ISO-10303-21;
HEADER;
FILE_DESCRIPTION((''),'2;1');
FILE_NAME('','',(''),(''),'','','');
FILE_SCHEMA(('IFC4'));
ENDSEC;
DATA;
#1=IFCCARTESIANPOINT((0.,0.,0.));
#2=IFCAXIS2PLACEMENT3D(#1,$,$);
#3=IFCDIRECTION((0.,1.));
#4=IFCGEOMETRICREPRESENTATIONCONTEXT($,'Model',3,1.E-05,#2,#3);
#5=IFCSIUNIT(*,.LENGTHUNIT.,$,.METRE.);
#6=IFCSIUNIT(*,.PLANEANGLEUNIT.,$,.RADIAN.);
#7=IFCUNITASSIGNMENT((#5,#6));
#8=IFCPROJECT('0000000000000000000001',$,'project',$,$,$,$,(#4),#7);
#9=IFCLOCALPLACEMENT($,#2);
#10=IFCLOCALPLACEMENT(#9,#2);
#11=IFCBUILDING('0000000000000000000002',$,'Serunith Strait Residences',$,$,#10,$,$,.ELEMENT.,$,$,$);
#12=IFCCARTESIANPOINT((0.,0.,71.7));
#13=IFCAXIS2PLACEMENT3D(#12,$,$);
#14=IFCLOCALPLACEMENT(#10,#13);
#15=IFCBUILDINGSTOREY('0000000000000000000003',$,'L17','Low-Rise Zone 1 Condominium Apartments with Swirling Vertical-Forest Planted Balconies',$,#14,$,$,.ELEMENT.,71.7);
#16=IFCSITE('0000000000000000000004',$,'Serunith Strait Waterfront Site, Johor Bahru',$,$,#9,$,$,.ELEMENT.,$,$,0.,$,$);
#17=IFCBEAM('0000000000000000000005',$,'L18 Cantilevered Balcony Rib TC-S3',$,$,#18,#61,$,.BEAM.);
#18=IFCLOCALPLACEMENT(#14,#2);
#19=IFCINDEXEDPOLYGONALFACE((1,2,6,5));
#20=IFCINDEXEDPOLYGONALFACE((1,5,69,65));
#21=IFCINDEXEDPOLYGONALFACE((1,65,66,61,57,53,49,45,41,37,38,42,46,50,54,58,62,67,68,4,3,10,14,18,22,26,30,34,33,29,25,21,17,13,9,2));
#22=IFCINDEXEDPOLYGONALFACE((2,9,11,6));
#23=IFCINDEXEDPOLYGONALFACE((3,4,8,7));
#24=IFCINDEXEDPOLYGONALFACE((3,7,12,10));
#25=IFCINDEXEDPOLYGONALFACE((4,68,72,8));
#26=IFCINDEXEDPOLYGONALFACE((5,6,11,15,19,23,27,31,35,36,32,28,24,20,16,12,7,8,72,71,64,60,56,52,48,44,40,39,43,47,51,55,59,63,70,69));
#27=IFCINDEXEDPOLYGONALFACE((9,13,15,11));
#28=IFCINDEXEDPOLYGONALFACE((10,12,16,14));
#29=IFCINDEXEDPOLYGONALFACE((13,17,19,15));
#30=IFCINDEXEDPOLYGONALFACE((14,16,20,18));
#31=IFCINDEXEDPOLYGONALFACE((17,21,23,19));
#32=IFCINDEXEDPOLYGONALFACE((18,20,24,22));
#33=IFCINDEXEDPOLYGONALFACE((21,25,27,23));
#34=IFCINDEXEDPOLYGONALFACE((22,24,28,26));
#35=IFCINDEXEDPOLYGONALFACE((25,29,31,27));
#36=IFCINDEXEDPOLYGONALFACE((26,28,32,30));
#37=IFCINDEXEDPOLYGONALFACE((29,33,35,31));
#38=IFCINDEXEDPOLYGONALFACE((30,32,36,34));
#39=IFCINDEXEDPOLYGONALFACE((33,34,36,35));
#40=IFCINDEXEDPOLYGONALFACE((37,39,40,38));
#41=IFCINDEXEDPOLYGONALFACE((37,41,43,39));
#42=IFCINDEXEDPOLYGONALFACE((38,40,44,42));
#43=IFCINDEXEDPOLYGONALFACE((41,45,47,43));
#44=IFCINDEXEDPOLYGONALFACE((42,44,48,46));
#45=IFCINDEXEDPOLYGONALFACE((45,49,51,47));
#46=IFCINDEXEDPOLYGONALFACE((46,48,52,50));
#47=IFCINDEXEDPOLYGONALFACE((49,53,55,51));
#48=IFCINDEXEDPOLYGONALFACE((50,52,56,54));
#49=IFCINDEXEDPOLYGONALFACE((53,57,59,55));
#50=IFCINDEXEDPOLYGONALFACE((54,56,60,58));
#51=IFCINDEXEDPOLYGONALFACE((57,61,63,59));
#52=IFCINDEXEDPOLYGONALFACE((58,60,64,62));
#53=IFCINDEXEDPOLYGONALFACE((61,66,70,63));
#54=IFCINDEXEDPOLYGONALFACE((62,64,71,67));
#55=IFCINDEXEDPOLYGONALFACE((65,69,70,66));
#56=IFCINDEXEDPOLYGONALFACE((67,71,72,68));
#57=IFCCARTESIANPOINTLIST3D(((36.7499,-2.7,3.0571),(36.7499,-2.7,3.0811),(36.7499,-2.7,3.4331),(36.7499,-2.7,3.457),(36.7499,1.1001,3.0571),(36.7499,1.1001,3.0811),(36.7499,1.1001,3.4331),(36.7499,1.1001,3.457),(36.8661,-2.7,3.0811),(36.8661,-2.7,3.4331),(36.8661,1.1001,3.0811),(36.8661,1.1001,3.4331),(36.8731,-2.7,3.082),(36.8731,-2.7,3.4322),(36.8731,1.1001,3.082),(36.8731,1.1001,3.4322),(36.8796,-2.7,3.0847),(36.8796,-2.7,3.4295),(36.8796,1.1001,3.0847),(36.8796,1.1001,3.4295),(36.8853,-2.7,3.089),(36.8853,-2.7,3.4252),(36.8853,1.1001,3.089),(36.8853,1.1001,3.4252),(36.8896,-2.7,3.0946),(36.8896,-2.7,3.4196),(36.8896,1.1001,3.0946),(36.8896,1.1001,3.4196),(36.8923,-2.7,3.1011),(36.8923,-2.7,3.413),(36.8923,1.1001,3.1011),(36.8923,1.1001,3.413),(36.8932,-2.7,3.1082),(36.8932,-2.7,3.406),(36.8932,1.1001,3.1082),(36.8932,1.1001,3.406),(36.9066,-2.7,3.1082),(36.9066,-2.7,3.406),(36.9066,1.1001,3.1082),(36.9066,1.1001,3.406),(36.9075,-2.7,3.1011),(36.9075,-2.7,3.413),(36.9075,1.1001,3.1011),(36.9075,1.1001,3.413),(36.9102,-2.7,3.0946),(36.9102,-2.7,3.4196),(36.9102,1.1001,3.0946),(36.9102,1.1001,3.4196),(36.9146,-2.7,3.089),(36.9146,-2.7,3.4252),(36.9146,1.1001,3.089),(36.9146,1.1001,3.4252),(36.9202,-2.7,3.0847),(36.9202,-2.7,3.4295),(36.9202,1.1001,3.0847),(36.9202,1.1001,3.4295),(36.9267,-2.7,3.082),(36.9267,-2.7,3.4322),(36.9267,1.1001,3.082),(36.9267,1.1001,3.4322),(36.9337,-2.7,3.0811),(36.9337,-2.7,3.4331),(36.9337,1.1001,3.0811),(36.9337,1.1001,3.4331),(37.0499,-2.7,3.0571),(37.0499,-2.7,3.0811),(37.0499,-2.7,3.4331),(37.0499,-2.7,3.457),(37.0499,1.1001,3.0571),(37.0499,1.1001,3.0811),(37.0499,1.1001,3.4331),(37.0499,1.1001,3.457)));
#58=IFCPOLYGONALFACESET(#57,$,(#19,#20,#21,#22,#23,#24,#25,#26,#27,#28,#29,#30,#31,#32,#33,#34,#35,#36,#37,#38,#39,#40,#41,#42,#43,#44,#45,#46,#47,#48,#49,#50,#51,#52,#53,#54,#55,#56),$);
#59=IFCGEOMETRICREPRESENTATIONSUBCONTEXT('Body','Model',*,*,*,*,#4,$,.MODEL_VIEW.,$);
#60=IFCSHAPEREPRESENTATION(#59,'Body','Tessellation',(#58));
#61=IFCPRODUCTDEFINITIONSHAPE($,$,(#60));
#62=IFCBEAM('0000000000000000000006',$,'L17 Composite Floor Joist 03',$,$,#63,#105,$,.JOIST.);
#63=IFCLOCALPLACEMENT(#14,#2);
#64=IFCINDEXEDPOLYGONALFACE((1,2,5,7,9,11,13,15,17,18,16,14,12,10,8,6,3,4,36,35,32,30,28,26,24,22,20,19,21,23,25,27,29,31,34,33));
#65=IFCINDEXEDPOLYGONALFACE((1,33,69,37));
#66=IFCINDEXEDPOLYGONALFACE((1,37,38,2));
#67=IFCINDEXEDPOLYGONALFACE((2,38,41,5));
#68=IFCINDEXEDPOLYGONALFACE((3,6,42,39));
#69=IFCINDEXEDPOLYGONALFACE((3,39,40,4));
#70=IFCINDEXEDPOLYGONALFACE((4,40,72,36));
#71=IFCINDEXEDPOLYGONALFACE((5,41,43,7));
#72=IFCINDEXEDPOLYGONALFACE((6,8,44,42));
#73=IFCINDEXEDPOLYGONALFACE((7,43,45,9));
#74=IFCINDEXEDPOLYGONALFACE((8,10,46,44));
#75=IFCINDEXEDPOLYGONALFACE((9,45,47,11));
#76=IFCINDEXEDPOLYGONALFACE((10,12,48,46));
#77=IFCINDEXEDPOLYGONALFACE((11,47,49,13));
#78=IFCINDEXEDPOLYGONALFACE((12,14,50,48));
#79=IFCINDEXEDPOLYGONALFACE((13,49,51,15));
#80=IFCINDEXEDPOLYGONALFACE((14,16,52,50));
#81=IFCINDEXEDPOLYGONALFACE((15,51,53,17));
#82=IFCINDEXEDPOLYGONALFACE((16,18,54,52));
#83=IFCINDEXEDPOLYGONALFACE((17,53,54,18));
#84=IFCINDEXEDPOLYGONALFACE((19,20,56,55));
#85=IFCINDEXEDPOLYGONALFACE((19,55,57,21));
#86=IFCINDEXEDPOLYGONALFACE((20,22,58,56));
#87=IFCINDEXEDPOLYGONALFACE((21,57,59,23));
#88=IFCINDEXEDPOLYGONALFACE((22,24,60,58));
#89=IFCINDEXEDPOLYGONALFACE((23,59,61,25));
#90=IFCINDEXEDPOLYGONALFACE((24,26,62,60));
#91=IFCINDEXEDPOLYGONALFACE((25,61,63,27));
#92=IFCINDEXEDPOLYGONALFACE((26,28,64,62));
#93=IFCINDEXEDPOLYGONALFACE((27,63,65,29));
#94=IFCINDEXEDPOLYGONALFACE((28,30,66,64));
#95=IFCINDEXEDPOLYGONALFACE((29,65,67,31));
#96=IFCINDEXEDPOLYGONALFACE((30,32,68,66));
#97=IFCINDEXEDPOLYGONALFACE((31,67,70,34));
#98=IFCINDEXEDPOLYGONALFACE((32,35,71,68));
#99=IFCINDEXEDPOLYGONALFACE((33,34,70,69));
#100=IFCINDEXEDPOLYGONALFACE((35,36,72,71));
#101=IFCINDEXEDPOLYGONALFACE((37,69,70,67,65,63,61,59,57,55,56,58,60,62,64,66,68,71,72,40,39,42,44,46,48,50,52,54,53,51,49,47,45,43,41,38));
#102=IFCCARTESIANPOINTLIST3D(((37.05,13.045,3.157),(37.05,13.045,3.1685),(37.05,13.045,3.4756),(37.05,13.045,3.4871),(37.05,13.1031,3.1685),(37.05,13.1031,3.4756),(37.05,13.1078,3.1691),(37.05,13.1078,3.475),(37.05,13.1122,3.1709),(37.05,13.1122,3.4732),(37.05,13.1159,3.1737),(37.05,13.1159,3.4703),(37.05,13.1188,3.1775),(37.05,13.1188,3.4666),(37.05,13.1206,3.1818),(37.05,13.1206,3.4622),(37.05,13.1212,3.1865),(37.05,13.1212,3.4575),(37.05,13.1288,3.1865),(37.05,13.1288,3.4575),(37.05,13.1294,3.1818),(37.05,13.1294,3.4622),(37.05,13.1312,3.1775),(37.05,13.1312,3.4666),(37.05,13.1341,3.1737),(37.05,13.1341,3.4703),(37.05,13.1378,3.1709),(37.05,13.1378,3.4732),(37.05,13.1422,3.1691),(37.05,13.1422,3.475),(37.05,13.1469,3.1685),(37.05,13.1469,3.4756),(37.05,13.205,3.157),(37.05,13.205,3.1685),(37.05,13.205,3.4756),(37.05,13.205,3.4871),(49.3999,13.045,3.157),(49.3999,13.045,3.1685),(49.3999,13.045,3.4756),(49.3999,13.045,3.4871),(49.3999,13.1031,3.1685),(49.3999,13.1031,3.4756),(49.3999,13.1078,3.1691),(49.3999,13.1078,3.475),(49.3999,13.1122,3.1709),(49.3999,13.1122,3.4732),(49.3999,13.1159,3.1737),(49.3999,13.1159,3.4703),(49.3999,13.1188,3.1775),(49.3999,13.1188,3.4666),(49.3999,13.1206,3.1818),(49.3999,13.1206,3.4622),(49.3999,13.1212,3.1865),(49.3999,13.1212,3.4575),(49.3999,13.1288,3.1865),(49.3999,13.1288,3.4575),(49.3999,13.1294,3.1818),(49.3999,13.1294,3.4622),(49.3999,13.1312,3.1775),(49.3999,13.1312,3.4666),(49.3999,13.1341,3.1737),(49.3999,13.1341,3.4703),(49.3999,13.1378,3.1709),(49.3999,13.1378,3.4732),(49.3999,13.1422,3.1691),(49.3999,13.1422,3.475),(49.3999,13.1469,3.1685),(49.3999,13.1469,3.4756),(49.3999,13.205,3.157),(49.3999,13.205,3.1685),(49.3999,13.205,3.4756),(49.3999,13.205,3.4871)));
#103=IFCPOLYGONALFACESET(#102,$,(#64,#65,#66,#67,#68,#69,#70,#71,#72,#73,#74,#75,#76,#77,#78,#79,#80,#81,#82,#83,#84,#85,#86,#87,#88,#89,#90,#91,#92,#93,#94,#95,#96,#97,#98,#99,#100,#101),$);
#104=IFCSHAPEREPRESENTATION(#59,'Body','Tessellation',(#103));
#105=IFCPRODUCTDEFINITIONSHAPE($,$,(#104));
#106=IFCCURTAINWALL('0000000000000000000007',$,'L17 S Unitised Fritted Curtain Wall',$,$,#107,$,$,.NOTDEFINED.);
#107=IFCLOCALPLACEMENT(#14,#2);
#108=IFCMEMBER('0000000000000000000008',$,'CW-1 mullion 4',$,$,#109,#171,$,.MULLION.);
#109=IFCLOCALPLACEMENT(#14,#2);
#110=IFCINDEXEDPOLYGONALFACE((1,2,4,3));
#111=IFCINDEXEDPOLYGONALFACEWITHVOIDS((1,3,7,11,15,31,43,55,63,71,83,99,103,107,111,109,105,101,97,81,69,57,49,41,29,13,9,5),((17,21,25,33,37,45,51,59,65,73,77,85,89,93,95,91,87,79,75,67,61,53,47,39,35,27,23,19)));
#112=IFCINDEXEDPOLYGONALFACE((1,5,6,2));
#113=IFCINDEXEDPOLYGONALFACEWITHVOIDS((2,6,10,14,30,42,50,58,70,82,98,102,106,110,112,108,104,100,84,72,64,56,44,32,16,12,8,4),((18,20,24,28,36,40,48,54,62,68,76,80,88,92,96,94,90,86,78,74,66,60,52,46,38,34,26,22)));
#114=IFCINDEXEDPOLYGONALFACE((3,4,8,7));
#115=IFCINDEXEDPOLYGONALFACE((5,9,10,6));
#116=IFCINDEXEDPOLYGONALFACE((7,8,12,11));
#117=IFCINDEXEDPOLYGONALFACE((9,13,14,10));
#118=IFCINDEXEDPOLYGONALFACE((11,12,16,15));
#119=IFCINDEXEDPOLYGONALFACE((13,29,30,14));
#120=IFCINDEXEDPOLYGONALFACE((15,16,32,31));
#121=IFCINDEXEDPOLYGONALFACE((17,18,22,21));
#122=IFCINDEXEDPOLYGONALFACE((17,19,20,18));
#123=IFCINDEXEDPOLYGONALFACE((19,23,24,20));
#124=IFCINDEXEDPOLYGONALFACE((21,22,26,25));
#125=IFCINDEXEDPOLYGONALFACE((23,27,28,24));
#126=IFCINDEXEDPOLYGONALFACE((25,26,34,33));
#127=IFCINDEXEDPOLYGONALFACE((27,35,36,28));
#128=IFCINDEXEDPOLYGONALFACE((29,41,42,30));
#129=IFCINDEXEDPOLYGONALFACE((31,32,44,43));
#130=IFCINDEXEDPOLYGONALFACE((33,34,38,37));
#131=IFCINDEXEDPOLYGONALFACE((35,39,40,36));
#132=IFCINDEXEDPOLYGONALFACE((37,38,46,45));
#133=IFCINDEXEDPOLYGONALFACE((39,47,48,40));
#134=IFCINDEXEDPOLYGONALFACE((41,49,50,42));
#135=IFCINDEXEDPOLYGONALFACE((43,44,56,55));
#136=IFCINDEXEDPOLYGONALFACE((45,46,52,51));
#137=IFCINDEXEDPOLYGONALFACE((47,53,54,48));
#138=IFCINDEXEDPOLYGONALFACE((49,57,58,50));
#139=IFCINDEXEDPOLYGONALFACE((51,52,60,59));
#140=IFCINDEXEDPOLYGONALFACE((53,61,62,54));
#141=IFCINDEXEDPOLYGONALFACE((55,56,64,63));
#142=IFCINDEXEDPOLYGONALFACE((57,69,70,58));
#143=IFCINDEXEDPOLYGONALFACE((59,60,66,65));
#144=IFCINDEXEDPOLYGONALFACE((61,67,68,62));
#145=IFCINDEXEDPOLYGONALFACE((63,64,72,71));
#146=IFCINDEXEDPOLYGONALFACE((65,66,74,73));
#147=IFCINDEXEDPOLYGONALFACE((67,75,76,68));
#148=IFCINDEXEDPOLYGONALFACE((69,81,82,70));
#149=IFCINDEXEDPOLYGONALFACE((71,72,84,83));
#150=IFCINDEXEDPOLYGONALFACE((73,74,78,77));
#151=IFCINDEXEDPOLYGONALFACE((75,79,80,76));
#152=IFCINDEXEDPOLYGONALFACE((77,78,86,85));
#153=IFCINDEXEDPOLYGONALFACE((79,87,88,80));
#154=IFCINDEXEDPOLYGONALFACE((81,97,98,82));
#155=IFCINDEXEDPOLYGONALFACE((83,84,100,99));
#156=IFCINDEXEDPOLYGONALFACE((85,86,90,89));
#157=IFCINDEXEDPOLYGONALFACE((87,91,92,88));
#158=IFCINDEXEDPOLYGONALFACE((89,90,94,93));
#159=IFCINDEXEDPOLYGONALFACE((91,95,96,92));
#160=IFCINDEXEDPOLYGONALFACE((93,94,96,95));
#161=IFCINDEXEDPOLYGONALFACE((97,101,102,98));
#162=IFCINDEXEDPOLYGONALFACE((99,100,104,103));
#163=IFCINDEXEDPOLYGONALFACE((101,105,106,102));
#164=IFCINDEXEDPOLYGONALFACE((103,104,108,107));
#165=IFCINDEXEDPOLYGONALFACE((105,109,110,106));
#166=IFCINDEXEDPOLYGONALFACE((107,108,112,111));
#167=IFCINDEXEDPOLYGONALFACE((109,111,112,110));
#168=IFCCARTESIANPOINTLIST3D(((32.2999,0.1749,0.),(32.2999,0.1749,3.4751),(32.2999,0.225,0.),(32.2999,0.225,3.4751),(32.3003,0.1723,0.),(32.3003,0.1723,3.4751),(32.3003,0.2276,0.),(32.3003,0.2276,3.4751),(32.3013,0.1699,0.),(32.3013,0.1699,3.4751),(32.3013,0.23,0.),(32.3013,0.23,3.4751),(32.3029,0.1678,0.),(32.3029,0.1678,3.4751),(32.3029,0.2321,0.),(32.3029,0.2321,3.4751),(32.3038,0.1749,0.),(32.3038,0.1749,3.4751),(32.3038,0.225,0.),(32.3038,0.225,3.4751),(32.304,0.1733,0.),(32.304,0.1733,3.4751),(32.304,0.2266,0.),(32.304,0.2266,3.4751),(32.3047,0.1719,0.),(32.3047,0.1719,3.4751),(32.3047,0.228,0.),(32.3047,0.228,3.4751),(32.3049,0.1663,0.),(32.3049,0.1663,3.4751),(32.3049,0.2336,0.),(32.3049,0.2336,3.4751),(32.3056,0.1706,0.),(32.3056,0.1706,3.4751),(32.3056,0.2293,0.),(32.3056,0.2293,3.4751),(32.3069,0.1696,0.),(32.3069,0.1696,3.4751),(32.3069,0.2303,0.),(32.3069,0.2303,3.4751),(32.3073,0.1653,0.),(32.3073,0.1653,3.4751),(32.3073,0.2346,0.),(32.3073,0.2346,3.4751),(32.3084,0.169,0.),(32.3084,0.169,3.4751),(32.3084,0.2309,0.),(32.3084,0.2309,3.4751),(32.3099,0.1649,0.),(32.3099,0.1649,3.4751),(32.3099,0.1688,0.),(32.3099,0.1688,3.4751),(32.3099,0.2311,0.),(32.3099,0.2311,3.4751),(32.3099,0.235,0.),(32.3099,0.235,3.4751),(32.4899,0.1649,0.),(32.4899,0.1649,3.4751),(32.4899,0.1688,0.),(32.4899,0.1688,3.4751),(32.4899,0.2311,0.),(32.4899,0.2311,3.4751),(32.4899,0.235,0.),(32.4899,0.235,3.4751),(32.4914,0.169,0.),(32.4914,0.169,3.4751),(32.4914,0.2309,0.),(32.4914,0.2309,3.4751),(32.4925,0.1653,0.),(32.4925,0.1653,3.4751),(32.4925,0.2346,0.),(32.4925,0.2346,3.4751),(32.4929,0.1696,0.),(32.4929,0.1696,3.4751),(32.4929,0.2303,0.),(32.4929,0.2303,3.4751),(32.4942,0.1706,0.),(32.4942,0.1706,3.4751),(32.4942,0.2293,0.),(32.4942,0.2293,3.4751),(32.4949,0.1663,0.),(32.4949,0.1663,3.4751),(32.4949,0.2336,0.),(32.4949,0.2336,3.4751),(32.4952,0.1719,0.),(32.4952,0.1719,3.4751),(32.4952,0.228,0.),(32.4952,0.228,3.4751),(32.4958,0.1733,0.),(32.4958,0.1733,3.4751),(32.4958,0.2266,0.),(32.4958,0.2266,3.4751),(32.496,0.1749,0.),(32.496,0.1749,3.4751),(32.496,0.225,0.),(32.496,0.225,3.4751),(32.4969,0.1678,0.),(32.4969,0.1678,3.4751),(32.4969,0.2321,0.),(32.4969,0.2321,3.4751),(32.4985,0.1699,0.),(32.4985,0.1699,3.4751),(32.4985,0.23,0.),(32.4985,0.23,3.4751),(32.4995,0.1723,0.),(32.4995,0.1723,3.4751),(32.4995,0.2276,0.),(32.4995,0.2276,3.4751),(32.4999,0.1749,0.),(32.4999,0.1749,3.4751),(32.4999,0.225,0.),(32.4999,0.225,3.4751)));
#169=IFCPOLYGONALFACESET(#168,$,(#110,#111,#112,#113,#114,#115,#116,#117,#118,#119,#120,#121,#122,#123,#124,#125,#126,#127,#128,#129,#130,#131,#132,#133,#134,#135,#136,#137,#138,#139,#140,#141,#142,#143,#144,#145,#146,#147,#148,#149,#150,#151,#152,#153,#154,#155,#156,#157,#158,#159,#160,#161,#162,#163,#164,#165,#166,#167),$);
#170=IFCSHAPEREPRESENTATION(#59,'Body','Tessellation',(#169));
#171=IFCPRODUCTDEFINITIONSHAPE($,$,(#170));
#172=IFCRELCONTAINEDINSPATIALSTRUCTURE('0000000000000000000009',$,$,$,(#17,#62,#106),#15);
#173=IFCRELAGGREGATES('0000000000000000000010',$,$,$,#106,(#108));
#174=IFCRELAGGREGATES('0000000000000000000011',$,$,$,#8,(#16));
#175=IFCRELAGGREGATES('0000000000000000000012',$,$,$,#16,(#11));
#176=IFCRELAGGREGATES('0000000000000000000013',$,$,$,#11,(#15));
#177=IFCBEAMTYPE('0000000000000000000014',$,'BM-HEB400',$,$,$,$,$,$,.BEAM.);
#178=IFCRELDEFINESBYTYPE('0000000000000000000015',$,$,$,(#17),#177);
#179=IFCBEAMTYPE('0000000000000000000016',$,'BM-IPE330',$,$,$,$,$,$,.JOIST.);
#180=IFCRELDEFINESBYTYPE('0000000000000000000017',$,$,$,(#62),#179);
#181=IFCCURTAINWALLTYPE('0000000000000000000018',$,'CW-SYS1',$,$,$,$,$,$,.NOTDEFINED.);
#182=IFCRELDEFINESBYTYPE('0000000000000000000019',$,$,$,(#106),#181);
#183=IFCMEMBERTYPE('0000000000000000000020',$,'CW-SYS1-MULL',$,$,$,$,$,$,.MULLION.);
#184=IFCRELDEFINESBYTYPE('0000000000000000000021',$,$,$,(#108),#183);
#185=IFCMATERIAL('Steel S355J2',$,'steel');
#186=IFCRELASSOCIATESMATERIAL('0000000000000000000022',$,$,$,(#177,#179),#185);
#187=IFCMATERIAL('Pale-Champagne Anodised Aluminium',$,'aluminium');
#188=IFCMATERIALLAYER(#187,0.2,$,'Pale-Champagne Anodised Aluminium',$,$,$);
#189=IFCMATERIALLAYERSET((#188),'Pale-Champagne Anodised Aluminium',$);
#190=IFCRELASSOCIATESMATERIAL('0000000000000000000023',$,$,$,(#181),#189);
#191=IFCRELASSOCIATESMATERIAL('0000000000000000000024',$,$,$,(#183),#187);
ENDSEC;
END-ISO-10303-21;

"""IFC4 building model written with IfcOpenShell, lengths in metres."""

from ifc_helpers import new_model, si_unit, direction, frame, origin, origin_2d, place, context, subcontext, project, spatial, hollow_rectangle, i_section, extrude, source, transform, mapped, material, layer, layer_set, material_profile, profile_set, type_object, element, aggregate, save


model = new_model("IFC4")

# Units and contexts
model_context = context("Model", 3, precision=1e-05, world=origin(), true_north=direction((0.0, 1.0)))
body_context = subcontext(model_context, "Body", "Model", "MODEL_VIEW")
ifc_project = project(units=[si_unit("LENGTHUNIT", "METRE"), si_unit("PLANEANGLEUNIT", "RADIAN")], contexts=[model_context])

# Site, building, storey
site_placement = place(None, origin())
site = spatial("IfcSite", under=ifc_project, at=site_placement, Name="Serunith Strait Waterfront Site, Johor Bahru", CompositionType="ELEMENT", RefElevation=0.0)
building_placement = place(site_placement, origin())
building = spatial("IfcBuilding", under=site, at=building_placement, Name="Serunith Strait Residences", CompositionType="ELEMENT")
storey_placement = place(building_placement, frame((0.0, 0.0, 71.7)))
storey = spatial("IfcBuildingStorey", under=building, at=storey_placement, Name="L17", Description="Low-Rise Zone 1 Condominium Apartments with Swirling Vertical-Forest Planted Balconies", CompositionType="ELEMENT", Elevation=71.7)

# Beams
ifc_material_1 = material(Name="Steel S355J2", Category="steel")
ifc_material_profile_1 = material_profile(ifc_material_1, i_section(OverallWidth=0.3, OverallDepth=0.3999, WebThickness=0.0134, FlangeThickness=0.0239, FilletRadius=0.0271, at=origin_2d()), Name="HEB 400")
ifc_profile_set_1 = profile_set([ifc_material_profile_1], Name="Steel S355J2")
beam_type_1 = type_object("IfcBeamType", Name="BM-HEB400", PredefinedType="BEAM", material=ifc_profile_set_1)
shared_shape_1 = source(origin(), body_context, "Body", "SweptSolid", [
    extrude(i_section(OverallWidth=0.3, OverallDepth=0.3999, WebThickness=0.0134, FlangeThickness=0.0239, FilletRadius=0.0271, at=origin_2d()), origin(), (0.0, 0.0, 1.0), 3.8),
])
beam_1_placement = place(storey_placement, frame((36.8999, 1.1001, 3.2571), z_axis=(0.0, -1.0, 0.0), x_axis=(1.0, 0.0, 0.0)))
element("IfcBeam", 1, at=beam_1_placement, inside=storey, type_object=beam_type_1, Name="L18 Cantilevered Balcony Rib TC-S3", PredefinedType="BEAM", context=body_context, shape_type="MappedRepresentation", body=[
    mapped(shared_shape_1, transform((0.0, 0.0, 0.0), scale=1.0)),
])
ifc_material_profile_2 = material_profile(ifc_material_1, i_section(OverallWidth=0.1599, OverallDepth=0.3301, WebThickness=0.0076, FlangeThickness=0.0115, FilletRadius=0.0181, at=origin_2d()), Name="IPE 330")
ifc_profile_set_2 = profile_set([ifc_material_profile_2], Name="Steel S355J2")
beam_type_2 = type_object("IfcBeamType", Name="BM-IPE330", PredefinedType="JOIST", material=ifc_profile_set_2)
shared_shape_2 = source(origin(), body_context, "Body", "SweptSolid", [
    extrude(i_section(OverallWidth=0.1599, OverallDepth=0.3301, WebThickness=0.0076, FlangeThickness=0.0115, FilletRadius=0.0181, at=origin_2d()), origin(), (0.0, 0.0, 1.0), 12.3499),
])
beam_2_placement = place(storey_placement, frame((37.05, 13.125, 3.322), z_axis=(1.0, 0.0, 0.0), x_axis=(0.0, 1.0, 0.0)))
element("IfcBeam", 2, at=beam_2_placement, inside=storey, type_object=beam_type_2, Name="L17 Composite Floor Joist 03", PredefinedType="JOIST", context=body_context, shape_type="MappedRepresentation", body=[
    mapped(shared_shape_2, transform((0.0, 0.0, 0.0), scale=1.0)),
])

# Curtain wall, member
ifc_material_2 = material(Name="Pale-Champagne Anodised Aluminium", Category="aluminium")
ifc_layer_1 = layer(ifc_material_2, 0.2, Name="Pale-Champagne Anodised Aluminium")
ifc_layer_set_1 = layer_set([ifc_layer_1], Name="Pale-Champagne Anodised Aluminium")
curtain_wall_type = type_object("IfcCurtainWallType", Name="CW-SYS1", PredefinedType="NOTDEFINED", material=ifc_layer_set_1)
curtain_wall_placement = place(storey_placement, origin())
curtain_wall = element("IfcCurtainWall", 3, at=curtain_wall_placement, inside=storey, type_object=curtain_wall_type, Name="L17 S Unitised Fritted Curtain Wall", PredefinedType="NOTDEFINED")
ifc_material_profile_3 = material_profile(ifc_material_2, hollow_rectangle(XDim=0.0701, YDim=0.2, WallThickness=0.0039, InnerFilletRadius=0.0061, OuterFilletRadius=0.01, at=origin_2d()), Name="ALU 200x70x4")
ifc_profile_set_3 = profile_set([ifc_material_profile_3], Name="Pale-Champagne Anodised Aluminium")
member_type_1 = type_object("IfcMemberType", Name="CW-SYS1-MULL", PredefinedType="MULLION", material=ifc_profile_set_3)
shared_shape_3 = source(origin(), body_context, "Body", "SweptSolid", [
    extrude(hollow_rectangle(XDim=0.0701, YDim=0.2, WallThickness=0.0039, InnerFilletRadius=0.0061, OuterFilletRadius=0.01, at=origin_2d()), origin(), (0.0, 0.0, 1.0), 3.4751),
])
member_1_placement = place(storey_placement, frame((32.3999, 0.2, 0.0), z_axis=(0.0, 0.0, 1.0), x_axis=(0.0, 1.0, 0.0)))
member_1 = element("IfcMember", 4, at=member_1_placement, type_object=member_type_1, Name="CW-1 mullion 4", PredefinedType="MULLION", context=body_context, shape_type="MappedRepresentation", body=[
    mapped(shared_shape_3, transform((0.0, 0.0, 0.0), scale=1.0)),
])
aggregate(curtain_wall, [member_1])

save(model, "model.ifc")
